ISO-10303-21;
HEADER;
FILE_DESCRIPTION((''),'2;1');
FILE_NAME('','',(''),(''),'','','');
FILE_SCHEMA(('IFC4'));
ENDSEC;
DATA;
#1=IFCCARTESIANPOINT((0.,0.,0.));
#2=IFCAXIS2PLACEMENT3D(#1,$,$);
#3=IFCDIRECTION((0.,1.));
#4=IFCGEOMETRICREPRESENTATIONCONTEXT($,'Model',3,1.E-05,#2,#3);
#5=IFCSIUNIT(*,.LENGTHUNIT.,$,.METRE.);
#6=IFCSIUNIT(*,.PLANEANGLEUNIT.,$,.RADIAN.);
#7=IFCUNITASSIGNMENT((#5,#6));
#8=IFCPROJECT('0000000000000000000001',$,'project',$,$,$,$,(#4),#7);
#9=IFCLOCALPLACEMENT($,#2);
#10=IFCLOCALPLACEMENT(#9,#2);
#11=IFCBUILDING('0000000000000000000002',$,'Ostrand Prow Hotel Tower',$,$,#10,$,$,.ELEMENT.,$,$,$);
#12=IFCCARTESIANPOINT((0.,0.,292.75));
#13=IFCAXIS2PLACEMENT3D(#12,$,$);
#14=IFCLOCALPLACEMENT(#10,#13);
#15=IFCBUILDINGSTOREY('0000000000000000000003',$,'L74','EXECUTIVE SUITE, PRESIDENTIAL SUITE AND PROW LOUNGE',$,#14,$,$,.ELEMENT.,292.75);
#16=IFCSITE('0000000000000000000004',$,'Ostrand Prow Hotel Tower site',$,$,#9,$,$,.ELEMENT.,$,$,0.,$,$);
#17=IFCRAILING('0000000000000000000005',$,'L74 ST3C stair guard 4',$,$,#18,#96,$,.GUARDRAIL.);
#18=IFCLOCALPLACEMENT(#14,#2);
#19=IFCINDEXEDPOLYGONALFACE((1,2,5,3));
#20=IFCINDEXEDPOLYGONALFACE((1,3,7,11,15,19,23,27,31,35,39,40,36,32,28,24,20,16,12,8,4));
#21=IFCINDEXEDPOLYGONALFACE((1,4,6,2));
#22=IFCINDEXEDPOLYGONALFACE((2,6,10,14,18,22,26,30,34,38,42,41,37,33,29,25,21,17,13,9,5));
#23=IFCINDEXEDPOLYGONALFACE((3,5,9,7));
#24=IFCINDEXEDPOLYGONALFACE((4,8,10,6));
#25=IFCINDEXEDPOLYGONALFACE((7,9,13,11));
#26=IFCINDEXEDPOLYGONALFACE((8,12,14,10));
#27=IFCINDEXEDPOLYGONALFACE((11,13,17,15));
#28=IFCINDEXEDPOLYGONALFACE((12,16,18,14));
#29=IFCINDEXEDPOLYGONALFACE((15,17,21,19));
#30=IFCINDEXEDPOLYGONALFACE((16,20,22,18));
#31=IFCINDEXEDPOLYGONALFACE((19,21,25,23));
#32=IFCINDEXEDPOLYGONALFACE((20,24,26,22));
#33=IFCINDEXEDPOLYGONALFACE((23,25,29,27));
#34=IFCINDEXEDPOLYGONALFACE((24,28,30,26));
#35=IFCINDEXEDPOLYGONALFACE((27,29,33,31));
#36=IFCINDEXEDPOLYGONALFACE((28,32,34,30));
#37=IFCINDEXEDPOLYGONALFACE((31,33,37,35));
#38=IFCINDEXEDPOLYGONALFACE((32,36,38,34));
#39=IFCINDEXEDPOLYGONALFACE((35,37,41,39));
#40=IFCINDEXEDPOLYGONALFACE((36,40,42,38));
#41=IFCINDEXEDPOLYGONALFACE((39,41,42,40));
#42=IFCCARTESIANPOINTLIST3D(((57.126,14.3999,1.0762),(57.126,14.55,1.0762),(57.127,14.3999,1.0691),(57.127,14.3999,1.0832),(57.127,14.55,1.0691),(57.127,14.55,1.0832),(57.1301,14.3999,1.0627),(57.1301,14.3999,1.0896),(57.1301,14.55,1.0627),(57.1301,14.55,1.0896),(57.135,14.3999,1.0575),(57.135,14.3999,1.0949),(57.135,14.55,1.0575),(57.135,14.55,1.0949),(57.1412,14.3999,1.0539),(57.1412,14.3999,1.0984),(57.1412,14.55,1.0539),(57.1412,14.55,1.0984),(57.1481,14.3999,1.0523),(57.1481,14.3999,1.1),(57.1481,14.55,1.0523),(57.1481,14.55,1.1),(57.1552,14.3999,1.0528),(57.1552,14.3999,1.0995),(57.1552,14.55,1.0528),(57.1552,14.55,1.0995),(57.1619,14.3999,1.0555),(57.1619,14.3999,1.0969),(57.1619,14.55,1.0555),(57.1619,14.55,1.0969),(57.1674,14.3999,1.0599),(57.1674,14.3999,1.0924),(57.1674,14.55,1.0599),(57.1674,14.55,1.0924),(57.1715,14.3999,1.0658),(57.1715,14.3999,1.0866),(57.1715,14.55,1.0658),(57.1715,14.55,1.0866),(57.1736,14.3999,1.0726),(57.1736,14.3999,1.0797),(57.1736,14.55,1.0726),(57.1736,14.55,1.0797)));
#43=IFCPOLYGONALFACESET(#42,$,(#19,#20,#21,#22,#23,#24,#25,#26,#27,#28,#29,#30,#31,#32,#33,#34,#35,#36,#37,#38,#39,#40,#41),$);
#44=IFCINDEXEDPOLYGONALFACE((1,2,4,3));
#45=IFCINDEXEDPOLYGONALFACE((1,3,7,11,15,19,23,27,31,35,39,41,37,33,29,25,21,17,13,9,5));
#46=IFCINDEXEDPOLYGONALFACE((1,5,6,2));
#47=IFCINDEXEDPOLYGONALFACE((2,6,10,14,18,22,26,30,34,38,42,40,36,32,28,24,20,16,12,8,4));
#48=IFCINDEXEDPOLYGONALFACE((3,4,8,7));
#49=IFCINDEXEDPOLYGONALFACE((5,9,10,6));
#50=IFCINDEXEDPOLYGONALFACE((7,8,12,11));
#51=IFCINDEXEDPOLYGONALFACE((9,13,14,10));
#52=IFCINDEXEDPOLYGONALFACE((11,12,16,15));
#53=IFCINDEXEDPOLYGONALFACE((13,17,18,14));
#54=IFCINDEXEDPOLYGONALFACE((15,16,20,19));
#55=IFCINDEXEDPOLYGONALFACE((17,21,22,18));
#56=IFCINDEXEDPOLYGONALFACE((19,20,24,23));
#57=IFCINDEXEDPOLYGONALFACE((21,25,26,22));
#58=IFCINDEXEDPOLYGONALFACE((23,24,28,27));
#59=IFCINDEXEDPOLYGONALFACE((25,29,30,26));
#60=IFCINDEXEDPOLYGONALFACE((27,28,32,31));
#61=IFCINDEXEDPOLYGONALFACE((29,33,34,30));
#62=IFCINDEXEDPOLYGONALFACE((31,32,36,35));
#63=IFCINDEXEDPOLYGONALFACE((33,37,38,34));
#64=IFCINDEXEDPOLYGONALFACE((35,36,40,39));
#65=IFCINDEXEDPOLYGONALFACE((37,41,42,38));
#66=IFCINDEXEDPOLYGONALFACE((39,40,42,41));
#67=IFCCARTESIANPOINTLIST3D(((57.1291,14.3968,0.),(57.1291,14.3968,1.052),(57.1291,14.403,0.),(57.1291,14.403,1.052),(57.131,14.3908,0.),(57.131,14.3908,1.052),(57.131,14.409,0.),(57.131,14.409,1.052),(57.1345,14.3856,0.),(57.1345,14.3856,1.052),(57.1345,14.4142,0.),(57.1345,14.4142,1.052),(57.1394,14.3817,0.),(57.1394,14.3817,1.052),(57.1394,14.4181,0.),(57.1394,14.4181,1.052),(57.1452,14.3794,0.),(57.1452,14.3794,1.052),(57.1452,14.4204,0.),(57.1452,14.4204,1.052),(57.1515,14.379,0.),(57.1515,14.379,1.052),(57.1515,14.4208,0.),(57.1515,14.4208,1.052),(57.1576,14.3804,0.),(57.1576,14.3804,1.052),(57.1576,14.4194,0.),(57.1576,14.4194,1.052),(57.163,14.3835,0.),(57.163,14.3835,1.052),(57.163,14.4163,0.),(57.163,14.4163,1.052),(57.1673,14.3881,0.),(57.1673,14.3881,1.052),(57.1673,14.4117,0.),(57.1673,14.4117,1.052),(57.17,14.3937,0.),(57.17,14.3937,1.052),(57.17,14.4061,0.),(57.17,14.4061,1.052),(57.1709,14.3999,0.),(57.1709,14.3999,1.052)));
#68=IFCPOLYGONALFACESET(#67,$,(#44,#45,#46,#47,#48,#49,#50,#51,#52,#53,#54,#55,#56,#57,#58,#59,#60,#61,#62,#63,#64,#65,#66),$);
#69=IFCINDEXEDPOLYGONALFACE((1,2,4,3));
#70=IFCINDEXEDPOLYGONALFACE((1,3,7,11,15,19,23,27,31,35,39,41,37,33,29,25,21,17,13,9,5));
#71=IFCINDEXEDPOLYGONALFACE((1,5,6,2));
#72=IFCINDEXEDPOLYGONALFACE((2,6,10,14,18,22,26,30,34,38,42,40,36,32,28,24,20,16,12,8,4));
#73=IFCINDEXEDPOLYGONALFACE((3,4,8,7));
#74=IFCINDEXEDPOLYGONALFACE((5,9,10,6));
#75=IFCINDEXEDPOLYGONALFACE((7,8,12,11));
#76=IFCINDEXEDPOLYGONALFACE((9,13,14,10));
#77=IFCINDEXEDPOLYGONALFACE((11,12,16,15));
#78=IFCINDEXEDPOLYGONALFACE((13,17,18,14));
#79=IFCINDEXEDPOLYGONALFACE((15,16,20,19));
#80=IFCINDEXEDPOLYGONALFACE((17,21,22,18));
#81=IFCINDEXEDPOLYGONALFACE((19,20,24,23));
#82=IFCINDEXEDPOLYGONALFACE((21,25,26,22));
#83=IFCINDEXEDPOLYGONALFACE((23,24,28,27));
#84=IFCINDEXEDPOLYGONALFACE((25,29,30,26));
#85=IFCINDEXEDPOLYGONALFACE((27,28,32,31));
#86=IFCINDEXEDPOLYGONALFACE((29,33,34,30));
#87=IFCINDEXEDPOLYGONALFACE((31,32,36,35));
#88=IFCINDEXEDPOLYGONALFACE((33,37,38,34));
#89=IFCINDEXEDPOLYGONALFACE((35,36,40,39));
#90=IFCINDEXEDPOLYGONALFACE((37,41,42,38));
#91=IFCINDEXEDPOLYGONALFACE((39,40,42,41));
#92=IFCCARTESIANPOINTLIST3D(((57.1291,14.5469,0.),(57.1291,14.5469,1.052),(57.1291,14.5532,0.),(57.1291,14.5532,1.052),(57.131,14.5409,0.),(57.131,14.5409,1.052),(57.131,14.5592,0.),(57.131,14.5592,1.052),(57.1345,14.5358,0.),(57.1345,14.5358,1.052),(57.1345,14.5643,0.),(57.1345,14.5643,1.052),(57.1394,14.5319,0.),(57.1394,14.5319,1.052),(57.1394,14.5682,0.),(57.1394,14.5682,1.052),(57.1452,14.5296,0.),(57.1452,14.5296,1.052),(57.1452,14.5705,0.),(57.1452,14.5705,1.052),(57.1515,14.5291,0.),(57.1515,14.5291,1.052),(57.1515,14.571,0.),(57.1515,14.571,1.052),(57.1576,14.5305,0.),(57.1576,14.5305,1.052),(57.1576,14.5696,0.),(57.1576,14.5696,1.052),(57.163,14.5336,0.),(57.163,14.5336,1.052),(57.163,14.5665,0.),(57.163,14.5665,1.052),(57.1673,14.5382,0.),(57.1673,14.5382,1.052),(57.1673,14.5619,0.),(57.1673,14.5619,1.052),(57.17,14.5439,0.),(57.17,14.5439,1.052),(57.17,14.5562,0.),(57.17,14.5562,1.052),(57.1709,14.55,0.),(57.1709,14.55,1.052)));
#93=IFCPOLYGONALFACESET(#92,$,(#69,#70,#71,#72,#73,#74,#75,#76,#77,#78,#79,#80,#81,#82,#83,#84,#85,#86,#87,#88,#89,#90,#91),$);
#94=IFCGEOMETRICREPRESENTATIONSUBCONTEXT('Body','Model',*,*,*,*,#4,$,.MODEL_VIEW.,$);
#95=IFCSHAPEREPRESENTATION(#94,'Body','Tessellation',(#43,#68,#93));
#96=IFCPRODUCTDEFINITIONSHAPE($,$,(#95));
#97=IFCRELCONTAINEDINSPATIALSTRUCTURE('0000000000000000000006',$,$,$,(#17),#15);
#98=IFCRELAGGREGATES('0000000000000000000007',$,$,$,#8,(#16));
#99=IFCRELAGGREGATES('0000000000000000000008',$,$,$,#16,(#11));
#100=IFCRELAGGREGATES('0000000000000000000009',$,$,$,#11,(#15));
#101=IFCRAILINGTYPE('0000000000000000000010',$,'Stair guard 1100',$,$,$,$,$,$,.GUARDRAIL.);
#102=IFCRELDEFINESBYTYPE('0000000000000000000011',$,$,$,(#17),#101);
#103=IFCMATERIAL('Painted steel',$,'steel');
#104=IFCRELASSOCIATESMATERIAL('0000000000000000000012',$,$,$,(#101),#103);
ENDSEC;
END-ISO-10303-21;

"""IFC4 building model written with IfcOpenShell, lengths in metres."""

from ifc_helpers import new_model, si_unit, direction, frame, origin, origin_2d, place, context, subcontext, project, spatial, circle, extrude, material, type_object, element, save


model = new_model("IFC4")

# Units and contexts
model_context = context("Model", 3, precision=1e-05, world=origin(), true_north=direction((0.0, 1.0)))
body_context = subcontext(model_context, "Body", "Model", "MODEL_VIEW")
ifc_project = project(units=[si_unit("LENGTHUNIT", "METRE"), si_unit("PLANEANGLEUNIT", "RADIAN")], contexts=[model_context])

# Site, building, storey
site_placement = place(None, origin())
site = spatial("IfcSite", under=ifc_project, at=site_placement, Name="Ostrand Prow Hotel Tower site", CompositionType="ELEMENT", RefElevation=0.0)
building_placement = place(site_placement, origin())
building = spatial("IfcBuilding", under=site, at=building_placement, Name="Ostrand Prow Hotel Tower", CompositionType="ELEMENT")
storey_placement = place(building_placement, frame((0.0, 0.0, 292.75)))
storey = spatial("IfcBuildingStorey", under=building, at=storey_placement, Name="L74", Description="EXECUTIVE SUITE, PRESIDENTIAL SUITE AND PROW LOUNGE", CompositionType="ELEMENT", Elevation=292.75)

# Railing
ifc_material_1 = material(Name="Painted steel", Category="steel")
railing_type_1 = type_object("IfcRailingType", Name="Stair guard 1100", PredefinedType="GUARDRAIL", material=ifc_material_1)
railing_1_placement = place(storey_placement, frame((57.1499, 14.3999, 0.0)))
element("IfcRailing", 1, at=railing_1_placement, inside=storey, type_object=railing_type_1, Name="L74 ST3C stair guard 4", PredefinedType="GUARDRAIL", context=body_context, shape_type="SweptSolid", body=[
    extrude(circle(Radius=0.0239, at=origin_2d()), frame((0.0, 0.0, 1.0762), z_axis=(0.0, 1.0, 0.0), x_axis=(-1.0, 0.0, 0.0)), (0.0, 0.0, 1.0), 0.1501),
    extrude(circle(Radius=0.021, at=origin_2d()), origin(), (0.0, 0.0, 1.0), 1.052),
    extrude(circle(Radius=0.021, at=origin_2d()), frame((0.0, 0.1501, 0.0)), (0.0, 0.0, 1.0), 1.052),
])

save(model, "model.ifc")
